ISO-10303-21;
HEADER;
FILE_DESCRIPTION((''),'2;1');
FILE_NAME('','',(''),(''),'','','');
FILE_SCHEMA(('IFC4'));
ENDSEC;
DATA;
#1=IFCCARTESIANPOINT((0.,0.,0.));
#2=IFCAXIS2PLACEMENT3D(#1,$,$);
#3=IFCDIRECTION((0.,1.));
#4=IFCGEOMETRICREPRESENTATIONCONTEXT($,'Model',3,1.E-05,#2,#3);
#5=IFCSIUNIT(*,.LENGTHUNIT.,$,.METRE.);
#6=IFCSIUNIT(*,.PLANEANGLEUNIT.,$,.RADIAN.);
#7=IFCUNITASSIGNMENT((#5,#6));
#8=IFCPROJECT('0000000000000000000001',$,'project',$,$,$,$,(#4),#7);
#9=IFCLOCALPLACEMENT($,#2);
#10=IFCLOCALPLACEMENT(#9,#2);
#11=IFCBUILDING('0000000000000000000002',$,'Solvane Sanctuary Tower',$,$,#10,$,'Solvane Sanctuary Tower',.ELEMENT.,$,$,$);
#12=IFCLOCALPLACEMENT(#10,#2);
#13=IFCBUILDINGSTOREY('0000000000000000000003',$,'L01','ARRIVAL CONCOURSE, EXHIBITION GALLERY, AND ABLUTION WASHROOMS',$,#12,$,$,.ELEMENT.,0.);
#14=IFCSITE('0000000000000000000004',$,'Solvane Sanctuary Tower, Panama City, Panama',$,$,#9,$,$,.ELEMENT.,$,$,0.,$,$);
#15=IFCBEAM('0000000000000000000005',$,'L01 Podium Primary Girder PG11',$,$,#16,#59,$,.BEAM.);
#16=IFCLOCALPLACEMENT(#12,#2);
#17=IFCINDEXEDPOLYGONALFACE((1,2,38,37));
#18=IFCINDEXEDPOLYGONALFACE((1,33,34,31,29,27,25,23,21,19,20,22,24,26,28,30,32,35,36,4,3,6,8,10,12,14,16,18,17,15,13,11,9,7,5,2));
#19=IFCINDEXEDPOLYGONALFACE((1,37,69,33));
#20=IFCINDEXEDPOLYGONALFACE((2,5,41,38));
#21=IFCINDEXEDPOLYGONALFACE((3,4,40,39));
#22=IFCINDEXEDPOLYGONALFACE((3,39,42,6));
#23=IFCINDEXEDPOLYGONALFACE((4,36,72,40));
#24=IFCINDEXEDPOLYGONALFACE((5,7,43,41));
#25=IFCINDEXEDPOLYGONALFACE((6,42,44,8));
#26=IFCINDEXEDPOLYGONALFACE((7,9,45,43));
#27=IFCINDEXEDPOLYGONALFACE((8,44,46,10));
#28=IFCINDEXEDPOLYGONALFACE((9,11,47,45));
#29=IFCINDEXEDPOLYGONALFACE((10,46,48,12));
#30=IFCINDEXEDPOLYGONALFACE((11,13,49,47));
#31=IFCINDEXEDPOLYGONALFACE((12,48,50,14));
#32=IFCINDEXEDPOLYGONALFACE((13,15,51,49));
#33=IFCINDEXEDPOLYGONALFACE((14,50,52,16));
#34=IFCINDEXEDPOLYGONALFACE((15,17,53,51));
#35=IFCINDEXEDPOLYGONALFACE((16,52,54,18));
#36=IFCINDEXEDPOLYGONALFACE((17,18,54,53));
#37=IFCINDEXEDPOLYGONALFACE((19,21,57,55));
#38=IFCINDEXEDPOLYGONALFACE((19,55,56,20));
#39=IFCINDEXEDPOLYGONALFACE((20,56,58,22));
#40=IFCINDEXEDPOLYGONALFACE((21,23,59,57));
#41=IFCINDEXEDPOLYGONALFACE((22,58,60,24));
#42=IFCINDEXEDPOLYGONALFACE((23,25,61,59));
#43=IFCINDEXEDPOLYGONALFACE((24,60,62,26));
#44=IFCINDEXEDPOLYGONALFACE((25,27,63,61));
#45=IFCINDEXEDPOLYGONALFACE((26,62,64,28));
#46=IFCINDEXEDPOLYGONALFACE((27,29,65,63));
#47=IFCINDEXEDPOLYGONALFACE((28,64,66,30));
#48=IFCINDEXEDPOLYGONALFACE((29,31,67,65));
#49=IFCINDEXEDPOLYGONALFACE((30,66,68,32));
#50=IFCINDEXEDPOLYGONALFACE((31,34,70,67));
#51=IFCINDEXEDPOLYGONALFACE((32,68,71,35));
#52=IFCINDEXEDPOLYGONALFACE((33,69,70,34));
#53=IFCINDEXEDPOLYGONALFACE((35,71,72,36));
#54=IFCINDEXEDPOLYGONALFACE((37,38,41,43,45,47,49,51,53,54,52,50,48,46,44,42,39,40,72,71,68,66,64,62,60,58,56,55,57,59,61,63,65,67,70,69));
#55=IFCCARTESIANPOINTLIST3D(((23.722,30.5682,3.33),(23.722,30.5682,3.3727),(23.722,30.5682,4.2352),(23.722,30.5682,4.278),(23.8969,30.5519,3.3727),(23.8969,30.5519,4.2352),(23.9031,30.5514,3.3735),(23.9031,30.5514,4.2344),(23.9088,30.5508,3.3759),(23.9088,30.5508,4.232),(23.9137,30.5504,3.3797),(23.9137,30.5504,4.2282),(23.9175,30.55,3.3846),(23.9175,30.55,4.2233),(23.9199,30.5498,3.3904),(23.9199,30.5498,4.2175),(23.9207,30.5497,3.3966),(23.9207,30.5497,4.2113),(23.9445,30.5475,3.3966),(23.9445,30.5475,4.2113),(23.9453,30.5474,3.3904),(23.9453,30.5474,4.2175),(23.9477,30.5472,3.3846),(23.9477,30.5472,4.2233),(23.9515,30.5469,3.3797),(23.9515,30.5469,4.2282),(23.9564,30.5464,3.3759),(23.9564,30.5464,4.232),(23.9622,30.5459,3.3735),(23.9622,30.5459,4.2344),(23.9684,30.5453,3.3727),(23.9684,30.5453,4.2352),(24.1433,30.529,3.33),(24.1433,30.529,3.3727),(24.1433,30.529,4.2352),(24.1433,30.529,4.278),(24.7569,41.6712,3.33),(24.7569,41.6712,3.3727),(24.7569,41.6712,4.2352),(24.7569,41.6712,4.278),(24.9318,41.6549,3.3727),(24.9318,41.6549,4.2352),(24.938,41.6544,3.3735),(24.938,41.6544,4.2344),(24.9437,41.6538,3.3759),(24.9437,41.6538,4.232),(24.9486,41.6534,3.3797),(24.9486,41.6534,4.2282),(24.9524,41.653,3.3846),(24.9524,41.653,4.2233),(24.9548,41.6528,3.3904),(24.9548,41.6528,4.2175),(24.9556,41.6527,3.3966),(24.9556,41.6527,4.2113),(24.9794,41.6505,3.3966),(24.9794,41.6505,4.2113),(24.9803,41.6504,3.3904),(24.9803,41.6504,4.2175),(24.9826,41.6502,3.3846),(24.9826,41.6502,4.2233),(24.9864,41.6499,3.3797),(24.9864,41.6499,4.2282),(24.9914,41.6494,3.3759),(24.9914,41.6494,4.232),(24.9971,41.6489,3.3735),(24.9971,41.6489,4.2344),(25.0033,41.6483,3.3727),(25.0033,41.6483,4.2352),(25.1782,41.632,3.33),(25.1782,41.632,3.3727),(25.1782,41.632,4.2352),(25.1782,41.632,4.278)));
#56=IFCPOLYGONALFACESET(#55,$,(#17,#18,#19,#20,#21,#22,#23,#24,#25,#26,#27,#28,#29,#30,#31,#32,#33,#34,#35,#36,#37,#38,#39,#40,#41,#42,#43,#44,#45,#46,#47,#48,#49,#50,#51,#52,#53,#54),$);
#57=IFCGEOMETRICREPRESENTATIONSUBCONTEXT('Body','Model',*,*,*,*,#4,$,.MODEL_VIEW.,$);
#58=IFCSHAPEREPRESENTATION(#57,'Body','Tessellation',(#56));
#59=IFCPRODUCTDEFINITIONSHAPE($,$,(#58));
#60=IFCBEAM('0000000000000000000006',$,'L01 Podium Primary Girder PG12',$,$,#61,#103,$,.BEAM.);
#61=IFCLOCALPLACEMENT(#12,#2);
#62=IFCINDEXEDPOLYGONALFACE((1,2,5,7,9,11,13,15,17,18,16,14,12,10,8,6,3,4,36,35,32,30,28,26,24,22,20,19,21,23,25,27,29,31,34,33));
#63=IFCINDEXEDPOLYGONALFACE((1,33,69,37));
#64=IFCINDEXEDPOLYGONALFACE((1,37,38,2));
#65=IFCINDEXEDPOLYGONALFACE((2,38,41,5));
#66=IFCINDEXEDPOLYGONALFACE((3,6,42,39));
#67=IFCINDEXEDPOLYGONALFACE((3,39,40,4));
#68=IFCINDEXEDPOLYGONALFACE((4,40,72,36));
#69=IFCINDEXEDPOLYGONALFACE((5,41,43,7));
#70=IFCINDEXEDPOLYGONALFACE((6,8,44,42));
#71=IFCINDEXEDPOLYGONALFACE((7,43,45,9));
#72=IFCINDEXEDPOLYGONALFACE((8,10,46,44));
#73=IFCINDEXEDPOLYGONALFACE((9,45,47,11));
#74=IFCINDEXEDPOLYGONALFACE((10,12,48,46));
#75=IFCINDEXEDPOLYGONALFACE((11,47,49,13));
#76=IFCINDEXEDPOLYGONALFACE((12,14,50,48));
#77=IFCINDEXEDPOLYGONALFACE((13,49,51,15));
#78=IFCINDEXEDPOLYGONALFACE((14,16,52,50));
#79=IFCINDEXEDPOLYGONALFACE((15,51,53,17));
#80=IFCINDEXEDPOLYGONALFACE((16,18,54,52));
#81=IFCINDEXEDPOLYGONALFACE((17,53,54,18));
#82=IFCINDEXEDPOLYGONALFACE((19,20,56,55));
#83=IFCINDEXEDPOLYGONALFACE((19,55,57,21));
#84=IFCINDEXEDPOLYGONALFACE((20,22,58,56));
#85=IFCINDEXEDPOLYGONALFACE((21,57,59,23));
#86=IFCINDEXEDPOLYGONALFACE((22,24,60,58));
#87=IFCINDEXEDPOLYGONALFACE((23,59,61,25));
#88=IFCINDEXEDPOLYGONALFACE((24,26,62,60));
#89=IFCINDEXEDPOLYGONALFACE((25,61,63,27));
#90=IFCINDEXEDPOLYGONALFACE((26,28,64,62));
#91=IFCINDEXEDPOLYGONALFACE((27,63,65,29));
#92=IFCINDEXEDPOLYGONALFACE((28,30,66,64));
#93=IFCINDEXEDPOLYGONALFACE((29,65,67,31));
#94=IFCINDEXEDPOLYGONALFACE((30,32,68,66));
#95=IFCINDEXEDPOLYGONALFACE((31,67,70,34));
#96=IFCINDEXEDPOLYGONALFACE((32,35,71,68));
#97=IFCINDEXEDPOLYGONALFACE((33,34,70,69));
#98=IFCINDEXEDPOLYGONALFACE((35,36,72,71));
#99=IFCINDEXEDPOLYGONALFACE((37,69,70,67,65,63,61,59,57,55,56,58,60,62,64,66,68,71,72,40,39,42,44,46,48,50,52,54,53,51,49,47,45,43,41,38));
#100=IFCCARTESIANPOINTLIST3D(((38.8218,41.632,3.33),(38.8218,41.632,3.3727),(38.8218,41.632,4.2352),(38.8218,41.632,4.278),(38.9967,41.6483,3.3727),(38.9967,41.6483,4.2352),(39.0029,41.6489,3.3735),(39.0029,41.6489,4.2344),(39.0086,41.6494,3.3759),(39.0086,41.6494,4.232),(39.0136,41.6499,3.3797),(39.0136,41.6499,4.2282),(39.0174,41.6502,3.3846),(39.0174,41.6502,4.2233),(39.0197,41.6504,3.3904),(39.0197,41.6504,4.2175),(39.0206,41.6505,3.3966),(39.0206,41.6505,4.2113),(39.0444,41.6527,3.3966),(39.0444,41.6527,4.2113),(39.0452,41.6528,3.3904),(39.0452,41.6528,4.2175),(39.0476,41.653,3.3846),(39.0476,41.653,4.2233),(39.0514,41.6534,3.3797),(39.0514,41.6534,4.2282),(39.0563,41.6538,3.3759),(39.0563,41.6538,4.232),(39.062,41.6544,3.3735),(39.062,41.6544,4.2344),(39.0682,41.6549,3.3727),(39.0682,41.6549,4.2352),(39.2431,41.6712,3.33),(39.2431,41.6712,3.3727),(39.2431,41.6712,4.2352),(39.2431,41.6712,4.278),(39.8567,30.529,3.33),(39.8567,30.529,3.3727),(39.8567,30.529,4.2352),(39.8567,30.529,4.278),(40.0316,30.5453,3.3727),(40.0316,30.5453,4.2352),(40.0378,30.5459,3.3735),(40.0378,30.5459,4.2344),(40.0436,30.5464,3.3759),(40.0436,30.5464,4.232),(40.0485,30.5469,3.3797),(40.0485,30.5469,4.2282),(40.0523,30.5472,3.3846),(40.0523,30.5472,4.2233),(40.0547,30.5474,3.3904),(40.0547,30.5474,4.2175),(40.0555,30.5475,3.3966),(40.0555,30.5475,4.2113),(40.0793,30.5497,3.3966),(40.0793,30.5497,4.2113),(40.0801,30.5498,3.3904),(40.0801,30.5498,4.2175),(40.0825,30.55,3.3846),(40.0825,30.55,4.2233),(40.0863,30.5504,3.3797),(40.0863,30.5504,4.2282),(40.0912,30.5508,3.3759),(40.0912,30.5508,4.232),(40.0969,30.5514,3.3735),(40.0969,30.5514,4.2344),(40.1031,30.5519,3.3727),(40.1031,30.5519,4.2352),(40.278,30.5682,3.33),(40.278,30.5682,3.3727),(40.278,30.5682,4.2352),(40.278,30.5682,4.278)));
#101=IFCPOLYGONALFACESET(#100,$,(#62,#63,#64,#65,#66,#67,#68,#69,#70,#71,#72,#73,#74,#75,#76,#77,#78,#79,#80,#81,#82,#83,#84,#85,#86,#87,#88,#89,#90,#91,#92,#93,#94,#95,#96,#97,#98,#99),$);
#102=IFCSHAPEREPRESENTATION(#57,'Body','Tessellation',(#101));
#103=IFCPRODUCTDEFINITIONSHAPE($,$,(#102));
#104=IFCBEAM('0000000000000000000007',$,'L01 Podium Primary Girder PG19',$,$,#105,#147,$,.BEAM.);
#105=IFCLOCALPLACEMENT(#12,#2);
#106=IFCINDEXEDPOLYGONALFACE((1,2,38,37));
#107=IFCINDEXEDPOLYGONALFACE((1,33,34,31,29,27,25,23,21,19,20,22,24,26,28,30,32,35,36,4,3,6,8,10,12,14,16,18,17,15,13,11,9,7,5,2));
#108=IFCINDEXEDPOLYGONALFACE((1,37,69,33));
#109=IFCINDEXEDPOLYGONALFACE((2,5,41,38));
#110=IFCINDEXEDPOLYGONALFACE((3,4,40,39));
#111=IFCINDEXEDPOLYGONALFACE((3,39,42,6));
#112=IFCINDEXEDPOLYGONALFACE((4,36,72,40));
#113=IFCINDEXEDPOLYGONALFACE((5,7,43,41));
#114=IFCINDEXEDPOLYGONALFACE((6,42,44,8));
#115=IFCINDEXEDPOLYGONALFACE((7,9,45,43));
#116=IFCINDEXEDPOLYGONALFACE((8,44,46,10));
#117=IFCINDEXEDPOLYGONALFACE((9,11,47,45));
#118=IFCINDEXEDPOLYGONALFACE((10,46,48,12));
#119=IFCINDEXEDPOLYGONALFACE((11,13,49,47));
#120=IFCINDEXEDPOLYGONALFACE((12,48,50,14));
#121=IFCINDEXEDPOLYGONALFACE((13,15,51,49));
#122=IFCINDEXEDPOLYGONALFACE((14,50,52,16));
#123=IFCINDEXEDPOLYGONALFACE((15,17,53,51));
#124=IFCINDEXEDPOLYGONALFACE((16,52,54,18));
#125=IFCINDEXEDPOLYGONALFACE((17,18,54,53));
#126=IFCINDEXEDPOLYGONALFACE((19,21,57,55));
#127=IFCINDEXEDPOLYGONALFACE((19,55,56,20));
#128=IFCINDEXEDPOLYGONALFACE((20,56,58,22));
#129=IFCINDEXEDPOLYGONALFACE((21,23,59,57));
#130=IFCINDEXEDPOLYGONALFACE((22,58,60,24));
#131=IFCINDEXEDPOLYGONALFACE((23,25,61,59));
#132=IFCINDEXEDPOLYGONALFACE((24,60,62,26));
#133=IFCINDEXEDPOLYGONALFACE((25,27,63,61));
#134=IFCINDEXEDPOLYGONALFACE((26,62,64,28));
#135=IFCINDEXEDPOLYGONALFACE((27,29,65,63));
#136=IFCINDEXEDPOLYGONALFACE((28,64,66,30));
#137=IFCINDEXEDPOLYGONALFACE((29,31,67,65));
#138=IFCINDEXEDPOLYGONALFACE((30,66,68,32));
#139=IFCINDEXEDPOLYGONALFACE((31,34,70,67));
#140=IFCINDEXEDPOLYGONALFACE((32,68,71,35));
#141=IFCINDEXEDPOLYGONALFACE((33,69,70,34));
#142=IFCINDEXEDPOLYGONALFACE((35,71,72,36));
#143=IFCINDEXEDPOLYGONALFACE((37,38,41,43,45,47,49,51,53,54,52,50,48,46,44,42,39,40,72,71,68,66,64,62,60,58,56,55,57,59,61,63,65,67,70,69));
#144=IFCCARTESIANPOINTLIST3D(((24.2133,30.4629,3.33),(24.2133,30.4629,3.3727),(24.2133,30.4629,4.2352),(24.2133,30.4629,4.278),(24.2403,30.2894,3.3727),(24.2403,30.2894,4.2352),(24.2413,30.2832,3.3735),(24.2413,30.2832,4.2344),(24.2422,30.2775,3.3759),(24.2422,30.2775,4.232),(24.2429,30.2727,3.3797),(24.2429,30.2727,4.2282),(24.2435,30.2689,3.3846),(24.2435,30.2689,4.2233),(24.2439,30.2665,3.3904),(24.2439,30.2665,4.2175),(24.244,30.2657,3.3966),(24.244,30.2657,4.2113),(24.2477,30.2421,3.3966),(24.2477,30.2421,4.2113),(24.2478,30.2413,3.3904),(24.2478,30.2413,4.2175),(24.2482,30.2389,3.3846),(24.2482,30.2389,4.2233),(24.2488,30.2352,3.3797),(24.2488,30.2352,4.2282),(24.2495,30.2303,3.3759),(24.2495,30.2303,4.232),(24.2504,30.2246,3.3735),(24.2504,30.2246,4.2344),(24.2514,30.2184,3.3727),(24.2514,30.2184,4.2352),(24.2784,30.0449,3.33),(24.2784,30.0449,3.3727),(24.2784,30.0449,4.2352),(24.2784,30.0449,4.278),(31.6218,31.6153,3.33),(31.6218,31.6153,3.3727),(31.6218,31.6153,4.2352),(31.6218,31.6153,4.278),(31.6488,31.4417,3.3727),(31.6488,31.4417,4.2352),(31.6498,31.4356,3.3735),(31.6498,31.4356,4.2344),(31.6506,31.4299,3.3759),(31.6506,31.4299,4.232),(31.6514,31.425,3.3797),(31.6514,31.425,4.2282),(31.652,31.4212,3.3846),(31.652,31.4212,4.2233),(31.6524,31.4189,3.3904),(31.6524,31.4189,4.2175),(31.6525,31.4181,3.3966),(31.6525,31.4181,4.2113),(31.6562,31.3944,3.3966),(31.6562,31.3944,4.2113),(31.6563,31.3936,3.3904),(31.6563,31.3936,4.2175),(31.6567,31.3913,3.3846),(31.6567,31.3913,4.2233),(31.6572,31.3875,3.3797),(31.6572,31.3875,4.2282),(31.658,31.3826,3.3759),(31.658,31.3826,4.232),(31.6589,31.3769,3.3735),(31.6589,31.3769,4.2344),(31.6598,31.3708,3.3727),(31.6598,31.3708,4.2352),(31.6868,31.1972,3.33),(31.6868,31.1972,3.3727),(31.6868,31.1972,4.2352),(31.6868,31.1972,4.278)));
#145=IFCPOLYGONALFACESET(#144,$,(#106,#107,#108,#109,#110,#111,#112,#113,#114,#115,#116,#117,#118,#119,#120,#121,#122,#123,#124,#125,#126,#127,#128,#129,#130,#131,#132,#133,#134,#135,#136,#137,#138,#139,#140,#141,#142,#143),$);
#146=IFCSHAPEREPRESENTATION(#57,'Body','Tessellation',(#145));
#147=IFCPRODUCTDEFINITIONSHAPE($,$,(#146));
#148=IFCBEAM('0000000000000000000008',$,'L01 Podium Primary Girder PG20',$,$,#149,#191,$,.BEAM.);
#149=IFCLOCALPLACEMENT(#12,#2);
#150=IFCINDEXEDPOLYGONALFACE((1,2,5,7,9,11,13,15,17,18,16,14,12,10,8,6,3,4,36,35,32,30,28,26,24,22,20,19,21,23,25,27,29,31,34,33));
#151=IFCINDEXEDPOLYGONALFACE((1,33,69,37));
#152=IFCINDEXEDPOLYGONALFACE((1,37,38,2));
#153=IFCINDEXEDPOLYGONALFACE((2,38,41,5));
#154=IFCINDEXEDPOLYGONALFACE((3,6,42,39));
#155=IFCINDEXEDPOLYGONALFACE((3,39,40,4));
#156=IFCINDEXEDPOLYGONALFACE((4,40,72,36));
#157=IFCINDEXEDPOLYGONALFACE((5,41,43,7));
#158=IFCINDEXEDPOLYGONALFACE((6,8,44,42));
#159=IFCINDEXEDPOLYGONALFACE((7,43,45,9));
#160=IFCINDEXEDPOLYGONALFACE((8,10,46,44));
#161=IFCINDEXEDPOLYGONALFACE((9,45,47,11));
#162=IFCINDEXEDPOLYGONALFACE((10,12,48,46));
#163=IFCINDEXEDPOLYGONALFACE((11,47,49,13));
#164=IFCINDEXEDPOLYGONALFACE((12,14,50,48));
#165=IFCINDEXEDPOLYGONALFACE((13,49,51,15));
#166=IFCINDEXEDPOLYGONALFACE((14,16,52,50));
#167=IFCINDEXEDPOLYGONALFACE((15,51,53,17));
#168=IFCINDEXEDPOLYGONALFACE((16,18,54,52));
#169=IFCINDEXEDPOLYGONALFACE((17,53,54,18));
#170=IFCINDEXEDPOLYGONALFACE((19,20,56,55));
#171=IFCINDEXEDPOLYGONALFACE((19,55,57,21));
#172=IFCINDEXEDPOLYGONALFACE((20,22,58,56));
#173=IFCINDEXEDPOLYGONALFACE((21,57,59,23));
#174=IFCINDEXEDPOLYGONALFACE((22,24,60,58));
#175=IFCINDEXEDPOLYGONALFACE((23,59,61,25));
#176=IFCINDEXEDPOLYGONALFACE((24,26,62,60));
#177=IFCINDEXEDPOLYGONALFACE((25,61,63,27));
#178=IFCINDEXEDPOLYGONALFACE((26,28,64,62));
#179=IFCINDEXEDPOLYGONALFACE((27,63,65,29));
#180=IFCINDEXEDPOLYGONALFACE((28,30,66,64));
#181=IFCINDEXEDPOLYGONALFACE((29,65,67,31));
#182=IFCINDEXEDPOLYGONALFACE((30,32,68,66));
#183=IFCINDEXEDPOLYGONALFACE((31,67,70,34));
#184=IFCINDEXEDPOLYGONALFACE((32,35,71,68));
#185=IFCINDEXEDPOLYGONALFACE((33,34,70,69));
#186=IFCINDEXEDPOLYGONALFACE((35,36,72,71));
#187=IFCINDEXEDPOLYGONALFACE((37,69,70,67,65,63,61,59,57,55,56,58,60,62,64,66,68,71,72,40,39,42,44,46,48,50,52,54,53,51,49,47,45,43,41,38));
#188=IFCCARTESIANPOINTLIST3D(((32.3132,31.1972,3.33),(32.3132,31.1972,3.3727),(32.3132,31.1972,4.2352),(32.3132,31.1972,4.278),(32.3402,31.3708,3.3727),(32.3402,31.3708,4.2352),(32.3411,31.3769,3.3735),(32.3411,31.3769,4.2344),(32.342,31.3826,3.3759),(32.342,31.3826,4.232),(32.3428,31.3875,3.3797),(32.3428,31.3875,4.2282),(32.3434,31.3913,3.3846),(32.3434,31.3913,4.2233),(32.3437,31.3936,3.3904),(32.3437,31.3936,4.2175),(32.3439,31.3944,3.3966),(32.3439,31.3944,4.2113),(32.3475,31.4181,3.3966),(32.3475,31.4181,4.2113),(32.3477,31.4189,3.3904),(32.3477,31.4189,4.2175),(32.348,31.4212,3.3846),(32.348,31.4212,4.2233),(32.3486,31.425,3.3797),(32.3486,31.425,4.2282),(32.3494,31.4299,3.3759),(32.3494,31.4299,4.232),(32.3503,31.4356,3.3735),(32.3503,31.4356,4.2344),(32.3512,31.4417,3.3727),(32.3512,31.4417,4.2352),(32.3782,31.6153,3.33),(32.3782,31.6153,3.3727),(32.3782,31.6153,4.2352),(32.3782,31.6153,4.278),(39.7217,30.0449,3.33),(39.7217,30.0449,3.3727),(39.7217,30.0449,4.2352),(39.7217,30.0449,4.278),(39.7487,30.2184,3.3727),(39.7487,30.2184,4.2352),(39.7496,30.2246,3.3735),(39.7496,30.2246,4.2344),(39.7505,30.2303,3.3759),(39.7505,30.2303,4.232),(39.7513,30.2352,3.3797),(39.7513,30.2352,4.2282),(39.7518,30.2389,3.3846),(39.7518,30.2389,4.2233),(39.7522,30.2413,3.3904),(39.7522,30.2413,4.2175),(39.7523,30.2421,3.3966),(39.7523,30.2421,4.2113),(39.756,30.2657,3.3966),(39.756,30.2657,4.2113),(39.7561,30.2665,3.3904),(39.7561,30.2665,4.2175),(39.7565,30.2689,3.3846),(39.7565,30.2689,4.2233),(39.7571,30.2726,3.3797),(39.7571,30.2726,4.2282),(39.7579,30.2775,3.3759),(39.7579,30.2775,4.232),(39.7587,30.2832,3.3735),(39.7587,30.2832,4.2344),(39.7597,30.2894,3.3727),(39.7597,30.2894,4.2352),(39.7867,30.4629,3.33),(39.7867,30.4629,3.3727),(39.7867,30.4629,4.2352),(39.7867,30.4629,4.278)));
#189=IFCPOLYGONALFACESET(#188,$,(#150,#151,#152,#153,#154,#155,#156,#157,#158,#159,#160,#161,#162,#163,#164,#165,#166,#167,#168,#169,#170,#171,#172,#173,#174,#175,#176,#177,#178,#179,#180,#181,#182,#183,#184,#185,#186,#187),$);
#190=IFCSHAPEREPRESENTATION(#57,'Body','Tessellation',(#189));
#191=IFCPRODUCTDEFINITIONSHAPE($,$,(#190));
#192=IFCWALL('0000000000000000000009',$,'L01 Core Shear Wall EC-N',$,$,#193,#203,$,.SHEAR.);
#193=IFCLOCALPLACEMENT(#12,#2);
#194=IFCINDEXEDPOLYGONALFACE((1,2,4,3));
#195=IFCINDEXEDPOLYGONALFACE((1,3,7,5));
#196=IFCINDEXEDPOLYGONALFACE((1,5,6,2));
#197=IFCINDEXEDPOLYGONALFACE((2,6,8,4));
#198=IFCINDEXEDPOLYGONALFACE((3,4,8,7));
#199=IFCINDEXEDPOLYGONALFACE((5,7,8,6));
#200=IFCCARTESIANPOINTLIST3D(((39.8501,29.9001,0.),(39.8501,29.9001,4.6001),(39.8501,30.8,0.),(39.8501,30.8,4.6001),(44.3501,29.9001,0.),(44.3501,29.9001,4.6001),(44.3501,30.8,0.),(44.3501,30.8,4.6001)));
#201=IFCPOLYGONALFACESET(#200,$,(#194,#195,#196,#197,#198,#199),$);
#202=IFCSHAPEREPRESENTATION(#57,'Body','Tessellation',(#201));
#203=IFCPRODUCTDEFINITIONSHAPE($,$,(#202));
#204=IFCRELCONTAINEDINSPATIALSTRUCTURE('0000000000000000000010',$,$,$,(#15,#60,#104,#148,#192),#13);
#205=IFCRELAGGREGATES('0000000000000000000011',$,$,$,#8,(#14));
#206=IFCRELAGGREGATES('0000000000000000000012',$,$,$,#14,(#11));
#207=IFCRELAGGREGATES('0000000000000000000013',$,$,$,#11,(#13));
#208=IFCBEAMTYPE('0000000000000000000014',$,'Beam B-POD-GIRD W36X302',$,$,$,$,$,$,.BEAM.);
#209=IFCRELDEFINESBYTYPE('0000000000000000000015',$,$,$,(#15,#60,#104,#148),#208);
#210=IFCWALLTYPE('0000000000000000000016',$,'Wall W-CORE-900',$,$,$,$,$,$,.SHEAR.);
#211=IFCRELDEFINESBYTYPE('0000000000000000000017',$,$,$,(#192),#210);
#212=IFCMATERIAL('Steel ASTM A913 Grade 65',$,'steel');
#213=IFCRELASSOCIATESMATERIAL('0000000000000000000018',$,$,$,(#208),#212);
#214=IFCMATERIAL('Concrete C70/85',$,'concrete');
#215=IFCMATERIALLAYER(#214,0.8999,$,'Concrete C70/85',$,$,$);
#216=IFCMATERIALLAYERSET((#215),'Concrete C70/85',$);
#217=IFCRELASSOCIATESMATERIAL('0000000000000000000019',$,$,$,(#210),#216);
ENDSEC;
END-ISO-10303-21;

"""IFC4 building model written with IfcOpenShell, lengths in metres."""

from ifc_helpers import new_model, si_unit, direction, frame, frame_2d, origin, origin_2d, place, context, subcontext, project, spatial, rectangle, i_section, extrude, material, layer, layer_set, material_profile, profile_set, type_object, element, save


model = new_model("IFC4")

# Units and contexts
model_context = context("Model", 3, precision=1e-05, world=origin(), true_north=direction((0.0, 1.0)))
body_context = subcontext(model_context, "Body", "Model", "MODEL_VIEW")
ifc_project = project(units=[si_unit("LENGTHUNIT", "METRE"), si_unit("PLANEANGLEUNIT", "RADIAN")], contexts=[model_context])

# Site, building, storey
site_placement = place(None, origin())
site = spatial("IfcSite", under=ifc_project, at=site_placement, Name="Solvane Sanctuary Tower, Panama City, Panama", CompositionType="ELEMENT", RefElevation=0.0)
building_placement = place(site_placement, origin())
building = spatial("IfcBuilding", under=site, at=building_placement, Name="Solvane Sanctuary Tower", LongName="Solvane Sanctuary Tower", CompositionType="ELEMENT")
storey_placement = place(building_placement, origin())
storey = spatial("IfcBuildingStorey", under=building, at=storey_placement, Name="L01", Description="ARRIVAL CONCOURSE, EXHIBITION GALLERY, AND ABLUTION WASHROOMS", CompositionType="ELEMENT", Elevation=0.0)

# Shared definitions
ifc_material_1 = material(Name="Concrete C70/85", Category="concrete")

# Beams
ifc_material_2 = material(Name="Steel ASTM A913 Grade 65", Category="steel")
ifc_material_profile_1 = material_profile(ifc_material_2, i_section(OverallWidth=0.4231, OverallDepth=0.948, WebThickness=0.0239, FlangeThickness=0.0427, FilletRadius=0.0239, at=origin_2d()), Name="W36X302")
ifc_profile_set_1 = profile_set([ifc_material_profile_1], Name="Steel ASTM A913 Grade 65")
beam_type = type_object("IfcBeamType", Name="Beam B-POD-GIRD W36X302", PredefinedType="BEAM", material=ifc_profile_set_1)
for number, where, z_axis, x_axis, name in (
    (1, (24.9675, 41.6516, 3.804), (-0.092808, -0.995684, 0.0), (0.995684, -0.092808, 0.0), "L01 Podium Primary Girder PG11"),
    (2, (39.0325, 41.6516, 3.804), (0.092808, -0.995684, 0.0), (0.995684, 0.092808, 0.0), "L01 Podium Primary Girder PG12"),
):
    element("IfcBeam", number, at=place(storey_placement, frame(where, z_axis=z_axis, x_axis=x_axis)), inside=storey, type_object=beam_type, Name=name, PredefinedType="BEAM", context=body_context, shape_type="SweptSolid", body=[
        extrude(i_section(OverallWidth=0.4231, OverallDepth=0.948, WebThickness=0.0239, FlangeThickness=0.0427, FilletRadius=0.0239, at=origin_2d()), origin(), (0.0, 0.0, 1.0), 11.1511),
    ])
for number, where, z_axis, x_axis, name in (
    (3, (24.2458, 30.2539, 3.804), (0.988118, 0.153696, 0.0), (-0.153696, 0.988118, 0.0), "L01 Podium Primary Girder PG19"),
    (4, (32.3457, 31.4062, 3.804), (0.988118, -0.153696, 0.0), (0.153696, 0.988118, 0.0), "L01 Podium Primary Girder PG20"),
):
    element("IfcBeam", number, at=place(storey_placement, frame(where, z_axis=z_axis, x_axis=x_axis)), inside=storey, type_object=beam_type, Name=name, PredefinedType="BEAM", context=body_context, shape_type="SweptSolid", body=[
        extrude(i_section(OverallWidth=0.4231, OverallDepth=0.948, WebThickness=0.0239, FlangeThickness=0.0427, FilletRadius=0.0239, at=origin_2d()), origin(), (0.0, 0.0, 1.0), 7.4976),
    ])

# Wall
ifc_layer_1 = layer(ifc_material_1, 0.8999, Name="Concrete C70/85")
ifc_layer_set_1 = layer_set([ifc_layer_1], Name="Concrete C70/85")
wall_type_1 = type_object("IfcWallType", Name="Wall W-CORE-900", PredefinedType="SHEAR", material=ifc_layer_set_1)
wall_1_placement = place(storey_placement, frame((39.8501, 30.3501, 0.0), z_axis=(0.0, 0.0, 1.0), x_axis=(1.0, 0.0, 0.0)))
element("IfcWall", 5, at=wall_1_placement, inside=storey, type_object=wall_type_1, Name="L01 Core Shear Wall EC-N", PredefinedType="SHEAR", context=body_context, shape_type="SweptSolid", body=[
    extrude(rectangle(XDim=4.5, YDim=0.8999, at=frame_2d((2.25, 0.0))), origin(), (0.0, 0.0, 1.0), 4.6001),
])

save(model, "model.ifc")
